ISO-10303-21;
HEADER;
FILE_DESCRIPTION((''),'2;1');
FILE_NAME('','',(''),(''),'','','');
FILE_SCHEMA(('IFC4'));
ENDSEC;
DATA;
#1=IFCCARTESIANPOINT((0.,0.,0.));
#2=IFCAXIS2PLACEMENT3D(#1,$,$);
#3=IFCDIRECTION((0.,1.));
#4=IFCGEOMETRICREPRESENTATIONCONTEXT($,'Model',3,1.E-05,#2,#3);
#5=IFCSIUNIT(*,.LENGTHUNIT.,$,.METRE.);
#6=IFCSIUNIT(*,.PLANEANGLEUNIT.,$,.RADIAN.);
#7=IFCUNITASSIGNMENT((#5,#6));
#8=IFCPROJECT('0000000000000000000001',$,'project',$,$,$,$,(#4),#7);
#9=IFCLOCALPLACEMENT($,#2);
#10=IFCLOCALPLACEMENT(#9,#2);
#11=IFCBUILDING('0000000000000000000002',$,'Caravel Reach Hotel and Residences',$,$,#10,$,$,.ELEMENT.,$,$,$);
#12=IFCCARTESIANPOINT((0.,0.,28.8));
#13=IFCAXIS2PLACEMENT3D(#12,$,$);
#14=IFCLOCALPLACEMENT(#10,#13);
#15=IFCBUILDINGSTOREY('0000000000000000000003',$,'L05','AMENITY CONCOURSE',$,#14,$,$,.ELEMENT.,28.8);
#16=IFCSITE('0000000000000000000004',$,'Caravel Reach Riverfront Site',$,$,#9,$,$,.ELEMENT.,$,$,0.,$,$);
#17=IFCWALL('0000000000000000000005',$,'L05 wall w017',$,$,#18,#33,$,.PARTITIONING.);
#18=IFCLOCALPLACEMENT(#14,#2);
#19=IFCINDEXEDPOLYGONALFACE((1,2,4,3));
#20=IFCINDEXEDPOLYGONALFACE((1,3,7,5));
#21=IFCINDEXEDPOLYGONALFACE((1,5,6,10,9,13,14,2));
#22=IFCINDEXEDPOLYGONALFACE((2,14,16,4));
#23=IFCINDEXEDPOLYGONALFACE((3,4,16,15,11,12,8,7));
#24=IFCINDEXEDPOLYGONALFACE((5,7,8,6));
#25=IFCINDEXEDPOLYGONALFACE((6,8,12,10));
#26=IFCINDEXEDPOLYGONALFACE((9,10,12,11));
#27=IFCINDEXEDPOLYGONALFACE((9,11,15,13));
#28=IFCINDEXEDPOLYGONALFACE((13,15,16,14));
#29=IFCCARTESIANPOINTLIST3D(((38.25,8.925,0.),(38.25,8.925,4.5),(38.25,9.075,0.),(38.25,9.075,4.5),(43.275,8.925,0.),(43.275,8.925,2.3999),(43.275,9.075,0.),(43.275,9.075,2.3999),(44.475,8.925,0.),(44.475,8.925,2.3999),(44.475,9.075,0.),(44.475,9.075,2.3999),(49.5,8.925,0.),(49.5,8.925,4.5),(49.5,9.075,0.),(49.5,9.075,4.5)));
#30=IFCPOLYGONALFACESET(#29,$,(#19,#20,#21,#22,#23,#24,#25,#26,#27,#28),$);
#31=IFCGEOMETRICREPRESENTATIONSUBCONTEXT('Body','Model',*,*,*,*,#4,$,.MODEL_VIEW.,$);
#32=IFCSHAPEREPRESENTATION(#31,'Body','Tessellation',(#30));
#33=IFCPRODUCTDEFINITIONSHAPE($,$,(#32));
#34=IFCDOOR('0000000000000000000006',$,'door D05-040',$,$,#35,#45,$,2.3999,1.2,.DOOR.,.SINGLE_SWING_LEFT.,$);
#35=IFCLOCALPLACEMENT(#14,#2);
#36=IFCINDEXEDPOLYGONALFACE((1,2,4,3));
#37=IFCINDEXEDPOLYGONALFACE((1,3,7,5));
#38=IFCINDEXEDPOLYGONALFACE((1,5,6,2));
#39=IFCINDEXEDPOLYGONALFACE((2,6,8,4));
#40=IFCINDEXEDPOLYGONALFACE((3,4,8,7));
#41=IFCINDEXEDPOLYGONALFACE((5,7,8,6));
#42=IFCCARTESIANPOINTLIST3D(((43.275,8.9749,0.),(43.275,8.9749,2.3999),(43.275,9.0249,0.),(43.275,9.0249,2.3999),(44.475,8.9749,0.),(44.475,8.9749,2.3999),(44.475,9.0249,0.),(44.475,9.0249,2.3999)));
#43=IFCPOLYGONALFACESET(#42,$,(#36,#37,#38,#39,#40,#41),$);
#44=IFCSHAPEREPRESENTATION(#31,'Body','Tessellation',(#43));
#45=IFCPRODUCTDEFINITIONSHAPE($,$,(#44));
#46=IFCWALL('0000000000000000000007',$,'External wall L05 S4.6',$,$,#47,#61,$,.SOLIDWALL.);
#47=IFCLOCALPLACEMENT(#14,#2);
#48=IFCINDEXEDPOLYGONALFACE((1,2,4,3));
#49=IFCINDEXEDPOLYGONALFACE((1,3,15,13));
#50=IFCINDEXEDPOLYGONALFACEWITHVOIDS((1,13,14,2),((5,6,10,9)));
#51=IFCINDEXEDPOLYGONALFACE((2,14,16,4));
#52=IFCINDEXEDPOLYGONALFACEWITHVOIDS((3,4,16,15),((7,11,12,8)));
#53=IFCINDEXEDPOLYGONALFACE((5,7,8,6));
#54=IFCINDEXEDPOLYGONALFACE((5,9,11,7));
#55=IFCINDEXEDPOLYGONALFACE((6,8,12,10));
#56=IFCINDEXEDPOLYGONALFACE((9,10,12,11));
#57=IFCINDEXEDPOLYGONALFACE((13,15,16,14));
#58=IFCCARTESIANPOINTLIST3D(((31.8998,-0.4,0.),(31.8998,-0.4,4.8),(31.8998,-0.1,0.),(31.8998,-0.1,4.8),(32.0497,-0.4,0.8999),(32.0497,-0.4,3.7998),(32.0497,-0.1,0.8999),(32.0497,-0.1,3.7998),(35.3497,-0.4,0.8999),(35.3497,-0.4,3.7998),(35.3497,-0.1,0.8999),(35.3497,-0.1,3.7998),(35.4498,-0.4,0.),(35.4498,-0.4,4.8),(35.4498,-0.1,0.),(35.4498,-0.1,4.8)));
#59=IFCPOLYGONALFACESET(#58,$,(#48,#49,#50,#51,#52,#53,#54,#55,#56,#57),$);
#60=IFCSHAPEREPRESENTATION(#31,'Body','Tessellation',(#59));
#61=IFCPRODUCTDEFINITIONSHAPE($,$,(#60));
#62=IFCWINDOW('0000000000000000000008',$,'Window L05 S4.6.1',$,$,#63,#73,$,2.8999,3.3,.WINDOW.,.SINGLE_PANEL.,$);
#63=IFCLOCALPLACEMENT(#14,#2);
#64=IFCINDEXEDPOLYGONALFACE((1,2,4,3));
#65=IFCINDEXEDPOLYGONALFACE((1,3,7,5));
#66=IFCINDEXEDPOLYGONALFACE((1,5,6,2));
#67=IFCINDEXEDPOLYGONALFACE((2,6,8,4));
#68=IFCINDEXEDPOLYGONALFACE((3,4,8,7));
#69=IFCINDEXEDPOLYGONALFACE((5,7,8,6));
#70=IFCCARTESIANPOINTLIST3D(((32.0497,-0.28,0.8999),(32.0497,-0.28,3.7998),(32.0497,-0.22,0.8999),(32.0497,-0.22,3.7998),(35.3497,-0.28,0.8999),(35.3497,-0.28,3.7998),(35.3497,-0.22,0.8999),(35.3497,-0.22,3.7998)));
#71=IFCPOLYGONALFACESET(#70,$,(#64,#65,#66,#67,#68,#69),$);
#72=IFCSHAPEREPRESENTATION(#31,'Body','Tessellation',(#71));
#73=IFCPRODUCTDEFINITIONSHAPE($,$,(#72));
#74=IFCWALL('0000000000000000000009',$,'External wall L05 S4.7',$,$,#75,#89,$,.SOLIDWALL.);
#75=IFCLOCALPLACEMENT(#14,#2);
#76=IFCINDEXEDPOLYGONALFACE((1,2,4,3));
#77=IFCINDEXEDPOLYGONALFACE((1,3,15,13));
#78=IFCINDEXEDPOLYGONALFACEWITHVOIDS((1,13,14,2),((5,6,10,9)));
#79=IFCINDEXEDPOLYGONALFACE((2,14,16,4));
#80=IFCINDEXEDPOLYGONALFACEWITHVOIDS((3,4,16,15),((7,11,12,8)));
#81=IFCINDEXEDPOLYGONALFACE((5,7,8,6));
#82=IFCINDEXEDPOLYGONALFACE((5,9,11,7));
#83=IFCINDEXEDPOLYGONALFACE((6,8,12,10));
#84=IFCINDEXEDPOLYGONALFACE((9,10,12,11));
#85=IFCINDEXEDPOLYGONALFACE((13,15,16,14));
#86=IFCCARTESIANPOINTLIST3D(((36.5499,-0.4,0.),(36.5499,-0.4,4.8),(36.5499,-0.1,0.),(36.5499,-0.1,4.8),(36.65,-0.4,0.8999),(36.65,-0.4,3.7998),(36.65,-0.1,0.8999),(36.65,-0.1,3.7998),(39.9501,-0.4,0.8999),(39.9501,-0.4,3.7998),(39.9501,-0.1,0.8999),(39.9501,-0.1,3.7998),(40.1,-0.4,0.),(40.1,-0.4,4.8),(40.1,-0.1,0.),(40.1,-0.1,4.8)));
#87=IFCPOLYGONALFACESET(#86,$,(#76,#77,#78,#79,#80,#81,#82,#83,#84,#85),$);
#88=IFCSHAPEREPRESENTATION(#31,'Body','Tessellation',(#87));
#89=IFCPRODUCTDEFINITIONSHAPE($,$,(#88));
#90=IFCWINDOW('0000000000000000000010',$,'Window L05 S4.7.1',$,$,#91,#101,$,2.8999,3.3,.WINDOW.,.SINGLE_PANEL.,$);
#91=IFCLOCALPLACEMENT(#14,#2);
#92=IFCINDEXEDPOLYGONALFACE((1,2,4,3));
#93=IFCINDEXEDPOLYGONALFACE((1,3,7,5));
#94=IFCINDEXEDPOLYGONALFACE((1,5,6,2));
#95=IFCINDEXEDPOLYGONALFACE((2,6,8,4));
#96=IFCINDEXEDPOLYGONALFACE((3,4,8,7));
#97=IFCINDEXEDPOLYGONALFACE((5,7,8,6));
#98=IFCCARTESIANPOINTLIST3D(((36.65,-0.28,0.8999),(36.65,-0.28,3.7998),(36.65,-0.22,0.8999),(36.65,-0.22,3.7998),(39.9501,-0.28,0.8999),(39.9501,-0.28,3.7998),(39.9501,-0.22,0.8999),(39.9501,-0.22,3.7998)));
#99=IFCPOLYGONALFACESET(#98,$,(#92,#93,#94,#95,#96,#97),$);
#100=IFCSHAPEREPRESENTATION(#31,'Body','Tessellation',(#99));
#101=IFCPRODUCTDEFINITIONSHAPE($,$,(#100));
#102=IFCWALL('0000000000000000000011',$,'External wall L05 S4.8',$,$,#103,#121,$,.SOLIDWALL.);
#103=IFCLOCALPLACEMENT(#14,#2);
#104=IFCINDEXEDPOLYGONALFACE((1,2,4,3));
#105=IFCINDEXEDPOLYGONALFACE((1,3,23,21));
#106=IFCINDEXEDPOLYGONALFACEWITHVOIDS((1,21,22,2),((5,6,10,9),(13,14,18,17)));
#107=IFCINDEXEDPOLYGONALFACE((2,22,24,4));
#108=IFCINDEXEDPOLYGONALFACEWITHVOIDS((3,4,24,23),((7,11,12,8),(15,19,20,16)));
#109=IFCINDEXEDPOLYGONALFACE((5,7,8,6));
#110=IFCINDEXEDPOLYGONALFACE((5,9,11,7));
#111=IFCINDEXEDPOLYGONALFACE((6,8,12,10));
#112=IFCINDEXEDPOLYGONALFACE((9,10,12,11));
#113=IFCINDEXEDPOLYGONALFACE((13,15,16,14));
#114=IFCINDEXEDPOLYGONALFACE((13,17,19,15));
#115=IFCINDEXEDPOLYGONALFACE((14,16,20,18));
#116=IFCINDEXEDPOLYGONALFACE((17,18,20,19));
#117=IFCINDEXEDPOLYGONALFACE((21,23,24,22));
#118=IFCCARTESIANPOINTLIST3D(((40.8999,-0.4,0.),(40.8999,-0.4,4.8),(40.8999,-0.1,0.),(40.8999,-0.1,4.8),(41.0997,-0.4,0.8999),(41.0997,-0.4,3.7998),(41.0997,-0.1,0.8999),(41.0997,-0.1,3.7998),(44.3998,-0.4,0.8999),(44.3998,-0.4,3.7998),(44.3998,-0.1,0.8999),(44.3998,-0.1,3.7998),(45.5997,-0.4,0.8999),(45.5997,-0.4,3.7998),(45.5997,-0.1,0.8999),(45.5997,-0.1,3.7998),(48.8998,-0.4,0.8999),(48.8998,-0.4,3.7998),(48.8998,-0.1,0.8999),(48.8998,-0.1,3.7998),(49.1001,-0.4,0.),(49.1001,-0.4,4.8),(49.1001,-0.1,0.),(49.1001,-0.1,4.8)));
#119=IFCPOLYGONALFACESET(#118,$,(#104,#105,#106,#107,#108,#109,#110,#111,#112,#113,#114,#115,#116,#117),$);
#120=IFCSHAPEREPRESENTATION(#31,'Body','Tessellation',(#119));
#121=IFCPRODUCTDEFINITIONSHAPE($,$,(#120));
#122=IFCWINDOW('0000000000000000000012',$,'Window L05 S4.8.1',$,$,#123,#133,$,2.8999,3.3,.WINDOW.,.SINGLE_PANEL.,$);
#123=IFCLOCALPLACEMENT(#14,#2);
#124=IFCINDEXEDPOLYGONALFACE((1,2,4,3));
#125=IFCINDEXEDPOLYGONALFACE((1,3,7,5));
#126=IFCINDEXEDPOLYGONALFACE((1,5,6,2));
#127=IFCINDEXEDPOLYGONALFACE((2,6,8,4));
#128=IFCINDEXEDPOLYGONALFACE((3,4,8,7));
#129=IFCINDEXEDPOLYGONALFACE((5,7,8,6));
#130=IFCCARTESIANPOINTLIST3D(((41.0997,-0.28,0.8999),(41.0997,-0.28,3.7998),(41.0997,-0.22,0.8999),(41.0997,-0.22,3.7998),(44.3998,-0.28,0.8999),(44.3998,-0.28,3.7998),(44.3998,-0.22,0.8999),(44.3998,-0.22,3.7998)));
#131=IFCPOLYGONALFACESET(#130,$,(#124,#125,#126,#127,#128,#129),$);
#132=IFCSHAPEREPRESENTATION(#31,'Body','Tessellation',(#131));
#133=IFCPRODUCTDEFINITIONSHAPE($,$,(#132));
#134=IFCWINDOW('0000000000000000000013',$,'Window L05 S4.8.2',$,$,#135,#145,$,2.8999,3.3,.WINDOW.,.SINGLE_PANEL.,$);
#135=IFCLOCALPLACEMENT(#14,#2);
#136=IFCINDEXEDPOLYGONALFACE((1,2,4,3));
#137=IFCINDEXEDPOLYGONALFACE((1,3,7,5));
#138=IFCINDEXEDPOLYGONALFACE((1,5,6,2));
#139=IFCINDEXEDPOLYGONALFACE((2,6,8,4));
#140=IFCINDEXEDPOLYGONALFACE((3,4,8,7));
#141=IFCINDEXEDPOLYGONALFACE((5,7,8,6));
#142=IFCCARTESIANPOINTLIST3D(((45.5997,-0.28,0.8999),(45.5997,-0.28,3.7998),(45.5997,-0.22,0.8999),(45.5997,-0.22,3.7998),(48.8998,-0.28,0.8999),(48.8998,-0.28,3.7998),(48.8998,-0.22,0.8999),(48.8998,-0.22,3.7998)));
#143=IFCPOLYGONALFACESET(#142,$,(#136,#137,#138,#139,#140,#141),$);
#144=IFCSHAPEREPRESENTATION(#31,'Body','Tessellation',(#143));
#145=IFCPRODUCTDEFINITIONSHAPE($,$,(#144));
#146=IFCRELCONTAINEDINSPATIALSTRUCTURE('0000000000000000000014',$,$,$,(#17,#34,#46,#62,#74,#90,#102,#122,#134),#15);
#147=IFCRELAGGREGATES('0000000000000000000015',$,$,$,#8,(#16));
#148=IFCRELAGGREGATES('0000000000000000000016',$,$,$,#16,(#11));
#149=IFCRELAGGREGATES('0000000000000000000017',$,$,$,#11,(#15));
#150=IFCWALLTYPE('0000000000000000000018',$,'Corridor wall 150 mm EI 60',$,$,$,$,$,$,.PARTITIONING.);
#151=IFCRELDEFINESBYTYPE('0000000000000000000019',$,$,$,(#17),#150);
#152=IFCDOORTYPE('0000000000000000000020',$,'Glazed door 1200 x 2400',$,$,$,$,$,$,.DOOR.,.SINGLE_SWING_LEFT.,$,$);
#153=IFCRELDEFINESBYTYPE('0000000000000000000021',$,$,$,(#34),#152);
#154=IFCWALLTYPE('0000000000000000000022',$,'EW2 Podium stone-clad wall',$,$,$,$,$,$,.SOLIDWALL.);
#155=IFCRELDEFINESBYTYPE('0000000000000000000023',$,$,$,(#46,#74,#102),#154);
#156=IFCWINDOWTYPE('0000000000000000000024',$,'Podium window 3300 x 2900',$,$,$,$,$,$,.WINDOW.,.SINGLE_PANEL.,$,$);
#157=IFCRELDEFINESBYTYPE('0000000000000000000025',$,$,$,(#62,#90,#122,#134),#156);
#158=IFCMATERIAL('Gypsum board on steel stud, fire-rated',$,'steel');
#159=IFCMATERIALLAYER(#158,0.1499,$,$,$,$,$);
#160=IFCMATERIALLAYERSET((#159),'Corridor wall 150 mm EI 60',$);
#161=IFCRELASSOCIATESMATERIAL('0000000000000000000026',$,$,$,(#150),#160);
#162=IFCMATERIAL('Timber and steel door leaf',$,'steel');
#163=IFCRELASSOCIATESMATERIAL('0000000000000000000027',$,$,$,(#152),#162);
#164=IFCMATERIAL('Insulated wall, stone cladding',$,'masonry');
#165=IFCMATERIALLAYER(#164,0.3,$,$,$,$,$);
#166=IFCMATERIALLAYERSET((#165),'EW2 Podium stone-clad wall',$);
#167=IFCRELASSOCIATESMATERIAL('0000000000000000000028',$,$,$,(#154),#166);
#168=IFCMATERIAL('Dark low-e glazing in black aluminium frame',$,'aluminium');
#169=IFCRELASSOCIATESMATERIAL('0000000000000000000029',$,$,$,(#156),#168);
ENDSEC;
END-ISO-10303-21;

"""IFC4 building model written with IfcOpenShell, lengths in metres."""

from ifc_helpers import new_model, si_unit, direction, frame, frame_2d, origin, place, context, subcontext, project, spatial, rectangle, extrude, material, layer, layer_set, type_object, element, fill, save


model = new_model("IFC4")

# Units and contexts
model_context = context("Model", 3, precision=1e-05, world=origin(), true_north=direction((0.0, 1.0)))
body_context = subcontext(model_context, "Body", "Model", "MODEL_VIEW")
ifc_project = project(units=[si_unit("LENGTHUNIT", "METRE"), si_unit("PLANEANGLEUNIT", "RADIAN")], contexts=[model_context])

# Site, building, storey
site_placement = place(None, origin())
site = spatial("IfcSite", under=ifc_project, at=site_placement, Name="Caravel Reach Riverfront Site", CompositionType="ELEMENT", RefElevation=0.0)
building_placement = place(site_placement, origin())
building = spatial("IfcBuilding", under=site, at=building_placement, Name="Caravel Reach Hotel and Residences", CompositionType="ELEMENT")
storey_placement = place(building_placement, frame((0.0, 0.0, 28.8)))
storey = spatial("IfcBuildingStorey", under=building, at=storey_placement, Name="L05", Description="AMENITY CONCOURSE", CompositionType="ELEMENT", Elevation=28.8)

# Wall, opening, door
ifc_material_1 = material(Name="Gypsum board on steel stud, fire-rated", Category="steel")
ifc_layer_1 = layer(ifc_material_1, 0.1499)
ifc_layer_set_1 = layer_set([ifc_layer_1], Name="Corridor wall 150 mm EI 60")
wall_type_1 = type_object("IfcWallType", Name="Corridor wall 150 mm EI 60", PredefinedType="PARTITIONING", material=ifc_layer_set_1)
wall_1_placement = place(storey_placement, frame((38.25, 9.0, 0.0), z_axis=(0.0, 0.0, 1.0), x_axis=(1.0, 0.0, 0.0)))
wall_1 = element("IfcWall", 1, at=wall_1_placement, inside=storey, type_object=wall_type_1, Name="L05 wall w017", PredefinedType="PARTITIONING", context=body_context, shape_type="SweptSolid", body=[
    extrude(rectangle(XDim=11.25, YDim=0.1499, at=frame_2d((5.625, 0.0))), origin(), (0.0, 0.0, 1.0), 4.5),
])
opening_1_placement = place(wall_1_placement, frame((5.0249, 0.0, 0.0)))
opening_1 = element("IfcOpeningElement", 2, at=opening_1_placement, cuts=wall_1, PredefinedType="OPENING", context=body_context, shape_type="SweptSolid", body=[
    extrude(rectangle(XDim=1.2, YDim=2.3999, at=frame_2d((0.6001, 1.2))), frame((0.0, 0.085, 0.0), z_axis=(0.0, -1.0, 0.0), x_axis=(1.0, 0.0, 0.0)), (0.0, 0.0, 1.0), 0.1699),
])
ifc_material_2 = material(Name="Timber and steel door leaf", Category="steel")
door_type = type_object("IfcDoorType", Name="Glazed door 1200 x 2400", OperationType="SINGLE_SWING_LEFT", PredefinedType="DOOR", material=ifc_material_2)
door_placement = place(opening_1_placement, origin())
door = element("IfcDoor", 3, at=door_placement, inside=storey, type_object=door_type, Name="door D05-040", OperationType="SINGLE_SWING_LEFT", OverallHeight=2.3999, OverallWidth=1.2, PredefinedType="DOOR", context=body_context, shape_type="SweptSolid", body=[
    extrude(rectangle(XDim=1.2, YDim=2.3999, at=frame_2d((0.6001, 1.2))), frame((0.0, 0.0249, 0.0), z_axis=(0.0, -1.0, 0.0), x_axis=(1.0, 0.0, 0.0)), (0.0, 0.0, 1.0), 0.05),
])
fill(opening_1, door)

# Walls, openings, windows
ifc_material_3 = material(Name="Insulated wall, stone cladding", Category="masonry")
ifc_layer_2 = layer(ifc_material_3, 0.3)
ifc_layer_set_2 = layer_set([ifc_layer_2], Name="EW2 Podium stone-clad wall")
wall_type_2 = type_object("IfcWallType", Name="EW2 Podium stone-clad wall", PredefinedType="SOLIDWALL", material=ifc_layer_set_2)
wall_2_placement = place(storey_placement, frame((31.8999, -0.25, 0.0), z_axis=(0.0, 0.0, 1.0), x_axis=(1.0, 0.0, 0.0)))
wall_2 = element("IfcWall", 4, at=wall_2_placement, inside=storey, type_object=wall_type_2, Name="External wall L05 S4.6", PredefinedType="SOLIDWALL", context=body_context, shape_type="SweptSolid", body=[
    extrude(rectangle(XDim=3.55, YDim=0.3, at=frame_2d((1.7749, 0.0))), origin(), (0.0, 0.0, 1.0), 4.8),
])
opening_2_placement = place(wall_2_placement, frame((0.1499, 0.0, 0.8999)))
opening_2 = element("IfcOpeningElement", 5, at=opening_2_placement, cuts=wall_2, PredefinedType="OPENING", context=body_context, shape_type="SweptSolid", body=[
    extrude(rectangle(XDim=3.3, YDim=2.8999, at=frame_2d((1.6499, 1.45))), frame((0.0, 0.1599, 0.0), z_axis=(0.0, -1.0, 0.0), x_axis=(1.0, 0.0, 0.0)), (0.0, 0.0, 1.0), 0.3201),
])
ifc_material_4 = material(Name="Dark low-e glazing in black aluminium frame", Category="aluminium")
window_type = type_object("IfcWindowType", Name="Podium window 3300 x 2900", PartitioningType="SINGLE_PANEL", PredefinedType="WINDOW", material=ifc_material_4)
window_1_placement = place(opening_2_placement, origin())
window_1 = element("IfcWindow", 6, at=window_1_placement, inside=storey, type_object=window_type, Name="Window L05 S4.6.1", OverallHeight=2.8999, OverallWidth=3.3, PartitioningType="SINGLE_PANEL", PredefinedType="WINDOW", context=body_context, shape_type="SweptSolid", body=[
    extrude(rectangle(XDim=3.3, YDim=2.8999, at=frame_2d((1.6499, 1.45))), frame((0.0, 0.03, 0.0), z_axis=(0.0, -1.0, 0.0), x_axis=(1.0, 0.0, 0.0)), (0.0, 0.0, 1.0), 0.0601),
])
fill(opening_2, window_1)
wall_3_placement = place(storey_placement, frame((36.55, -0.25, 0.0), z_axis=(0.0, 0.0, 1.0), x_axis=(1.0, 0.0, 0.0)))
wall_3 = element("IfcWall", 7, at=wall_3_placement, inside=storey, type_object=wall_type_2, Name="External wall L05 S4.7", PredefinedType="SOLIDWALL", context=body_context, shape_type="SweptSolid", body=[
    extrude(rectangle(XDim=3.55, YDim=0.3, at=frame_2d((1.7749, 0.0))), origin(), (0.0, 0.0, 1.0), 4.8),
])
opening_3_placement = place(wall_3_placement, frame((0.1001, 0.0, 0.8999)))
opening_3 = element("IfcOpeningElement", 8, at=opening_3_placement, cuts=wall_3, PredefinedType="OPENING", context=body_context, shape_type="SweptSolid", body=[
    extrude(rectangle(XDim=3.3, YDim=2.8999, at=frame_2d((1.6499, 1.45))), frame((0.0, 0.1599, 0.0), z_axis=(0.0, -1.0, 0.0), x_axis=(1.0, 0.0, 0.0)), (0.0, 0.0, 1.0), 0.3201),
])
window_2_placement = place(opening_3_placement, origin())
window_2 = element("IfcWindow", 9, at=window_2_placement, inside=storey, type_object=window_type, Name="Window L05 S4.7.1", OverallHeight=2.8999, OverallWidth=3.3, PartitioningType="SINGLE_PANEL", PredefinedType="WINDOW", context=body_context, shape_type="SweptSolid", body=[
    extrude(rectangle(XDim=3.3, YDim=2.8999, at=frame_2d((1.6499, 1.45))), frame((0.0, 0.03, 0.0), z_axis=(0.0, -1.0, 0.0), x_axis=(1.0, 0.0, 0.0)), (0.0, 0.0, 1.0), 0.0601),
])
fill(opening_3, window_2)

# Wall, openings, windows
wall_4_placement = place(storey_placement, frame((40.8999, -0.25, 0.0), z_axis=(0.0, 0.0, 1.0), x_axis=(1.0, 0.0, 0.0)))
wall_4 = element("IfcWall", 10, at=wall_4_placement, inside=storey, type_object=wall_type_2, Name="External wall L05 S4.8", PredefinedType="SOLIDWALL", context=body_context, shape_type="SweptSolid", body=[
    extrude(rectangle(XDim=8.2002, YDim=0.3, at=frame_2d((4.1001, 0.0))), origin(), (0.0, 0.0, 1.0), 4.8),
])
opening_4_placement = place(wall_4_placement, frame((0.2, 0.0, 0.8999)))
opening_4 = element("IfcOpeningElement", 11, at=opening_4_placement, cuts=wall_4, PredefinedType="OPENING", context=body_context, shape_type="SweptSolid", body=[
    extrude(rectangle(XDim=3.3, YDim=2.8999, at=frame_2d((1.6499, 1.45))), frame((0.0, 0.1599, 0.0), z_axis=(0.0, -1.0, 0.0), x_axis=(1.0, 0.0, 0.0)), (0.0, 0.0, 1.0), 0.3201),
])
opening_5_placement = place(wall_4_placement, frame((4.7, 0.0, 0.8999)))
opening_5 = element("IfcOpeningElement", 12, at=opening_5_placement, cuts=wall_4, PredefinedType="OPENING", context=body_context, shape_type="SweptSolid", body=[
    extrude(rectangle(XDim=3.3, YDim=2.8999, at=frame_2d((1.6499, 1.45))), frame((0.0, 0.1599, 0.0), z_axis=(0.0, -1.0, 0.0), x_axis=(1.0, 0.0, 0.0)), (0.0, 0.0, 1.0), 0.3201),
])
window_3_placement = place(opening_4_placement, origin())
window_3 = element("IfcWindow", 13, at=window_3_placement, inside=storey, type_object=window_type, Name="Window L05 S4.8.1", OverallHeight=2.8999, OverallWidth=3.3, PartitioningType="SINGLE_PANEL", PredefinedType="WINDOW", context=body_context, shape_type="SweptSolid", body=[
    extrude(rectangle(XDim=3.3, YDim=2.8999, at=frame_2d((1.6499, 1.45))), frame((0.0, 0.03, 0.0), z_axis=(0.0, -1.0, 0.0), x_axis=(1.0, 0.0, 0.0)), (0.0, 0.0, 1.0), 0.0601),
])
fill(opening_4, window_3)
window_4_placement = place(opening_5_placement, origin())
window_4 = element("IfcWindow", 14, at=window_4_placement, inside=storey, type_object=window_type, Name="Window L05 S4.8.2", OverallHeight=2.8999, OverallWidth=3.3, PartitioningType="SINGLE_PANEL", PredefinedType="WINDOW", context=body_context, shape_type="SweptSolid", body=[
    extrude(rectangle(XDim=3.3, YDim=2.8999, at=frame_2d((1.6499, 1.45))), frame((0.0, 0.03, 0.0), z_axis=(0.0, -1.0, 0.0), x_axis=(1.0, 0.0, 0.0)), (0.0, 0.0, 1.0), 0.0601),
])
fill(opening_5, window_4)

save(model, "model.ifc")
